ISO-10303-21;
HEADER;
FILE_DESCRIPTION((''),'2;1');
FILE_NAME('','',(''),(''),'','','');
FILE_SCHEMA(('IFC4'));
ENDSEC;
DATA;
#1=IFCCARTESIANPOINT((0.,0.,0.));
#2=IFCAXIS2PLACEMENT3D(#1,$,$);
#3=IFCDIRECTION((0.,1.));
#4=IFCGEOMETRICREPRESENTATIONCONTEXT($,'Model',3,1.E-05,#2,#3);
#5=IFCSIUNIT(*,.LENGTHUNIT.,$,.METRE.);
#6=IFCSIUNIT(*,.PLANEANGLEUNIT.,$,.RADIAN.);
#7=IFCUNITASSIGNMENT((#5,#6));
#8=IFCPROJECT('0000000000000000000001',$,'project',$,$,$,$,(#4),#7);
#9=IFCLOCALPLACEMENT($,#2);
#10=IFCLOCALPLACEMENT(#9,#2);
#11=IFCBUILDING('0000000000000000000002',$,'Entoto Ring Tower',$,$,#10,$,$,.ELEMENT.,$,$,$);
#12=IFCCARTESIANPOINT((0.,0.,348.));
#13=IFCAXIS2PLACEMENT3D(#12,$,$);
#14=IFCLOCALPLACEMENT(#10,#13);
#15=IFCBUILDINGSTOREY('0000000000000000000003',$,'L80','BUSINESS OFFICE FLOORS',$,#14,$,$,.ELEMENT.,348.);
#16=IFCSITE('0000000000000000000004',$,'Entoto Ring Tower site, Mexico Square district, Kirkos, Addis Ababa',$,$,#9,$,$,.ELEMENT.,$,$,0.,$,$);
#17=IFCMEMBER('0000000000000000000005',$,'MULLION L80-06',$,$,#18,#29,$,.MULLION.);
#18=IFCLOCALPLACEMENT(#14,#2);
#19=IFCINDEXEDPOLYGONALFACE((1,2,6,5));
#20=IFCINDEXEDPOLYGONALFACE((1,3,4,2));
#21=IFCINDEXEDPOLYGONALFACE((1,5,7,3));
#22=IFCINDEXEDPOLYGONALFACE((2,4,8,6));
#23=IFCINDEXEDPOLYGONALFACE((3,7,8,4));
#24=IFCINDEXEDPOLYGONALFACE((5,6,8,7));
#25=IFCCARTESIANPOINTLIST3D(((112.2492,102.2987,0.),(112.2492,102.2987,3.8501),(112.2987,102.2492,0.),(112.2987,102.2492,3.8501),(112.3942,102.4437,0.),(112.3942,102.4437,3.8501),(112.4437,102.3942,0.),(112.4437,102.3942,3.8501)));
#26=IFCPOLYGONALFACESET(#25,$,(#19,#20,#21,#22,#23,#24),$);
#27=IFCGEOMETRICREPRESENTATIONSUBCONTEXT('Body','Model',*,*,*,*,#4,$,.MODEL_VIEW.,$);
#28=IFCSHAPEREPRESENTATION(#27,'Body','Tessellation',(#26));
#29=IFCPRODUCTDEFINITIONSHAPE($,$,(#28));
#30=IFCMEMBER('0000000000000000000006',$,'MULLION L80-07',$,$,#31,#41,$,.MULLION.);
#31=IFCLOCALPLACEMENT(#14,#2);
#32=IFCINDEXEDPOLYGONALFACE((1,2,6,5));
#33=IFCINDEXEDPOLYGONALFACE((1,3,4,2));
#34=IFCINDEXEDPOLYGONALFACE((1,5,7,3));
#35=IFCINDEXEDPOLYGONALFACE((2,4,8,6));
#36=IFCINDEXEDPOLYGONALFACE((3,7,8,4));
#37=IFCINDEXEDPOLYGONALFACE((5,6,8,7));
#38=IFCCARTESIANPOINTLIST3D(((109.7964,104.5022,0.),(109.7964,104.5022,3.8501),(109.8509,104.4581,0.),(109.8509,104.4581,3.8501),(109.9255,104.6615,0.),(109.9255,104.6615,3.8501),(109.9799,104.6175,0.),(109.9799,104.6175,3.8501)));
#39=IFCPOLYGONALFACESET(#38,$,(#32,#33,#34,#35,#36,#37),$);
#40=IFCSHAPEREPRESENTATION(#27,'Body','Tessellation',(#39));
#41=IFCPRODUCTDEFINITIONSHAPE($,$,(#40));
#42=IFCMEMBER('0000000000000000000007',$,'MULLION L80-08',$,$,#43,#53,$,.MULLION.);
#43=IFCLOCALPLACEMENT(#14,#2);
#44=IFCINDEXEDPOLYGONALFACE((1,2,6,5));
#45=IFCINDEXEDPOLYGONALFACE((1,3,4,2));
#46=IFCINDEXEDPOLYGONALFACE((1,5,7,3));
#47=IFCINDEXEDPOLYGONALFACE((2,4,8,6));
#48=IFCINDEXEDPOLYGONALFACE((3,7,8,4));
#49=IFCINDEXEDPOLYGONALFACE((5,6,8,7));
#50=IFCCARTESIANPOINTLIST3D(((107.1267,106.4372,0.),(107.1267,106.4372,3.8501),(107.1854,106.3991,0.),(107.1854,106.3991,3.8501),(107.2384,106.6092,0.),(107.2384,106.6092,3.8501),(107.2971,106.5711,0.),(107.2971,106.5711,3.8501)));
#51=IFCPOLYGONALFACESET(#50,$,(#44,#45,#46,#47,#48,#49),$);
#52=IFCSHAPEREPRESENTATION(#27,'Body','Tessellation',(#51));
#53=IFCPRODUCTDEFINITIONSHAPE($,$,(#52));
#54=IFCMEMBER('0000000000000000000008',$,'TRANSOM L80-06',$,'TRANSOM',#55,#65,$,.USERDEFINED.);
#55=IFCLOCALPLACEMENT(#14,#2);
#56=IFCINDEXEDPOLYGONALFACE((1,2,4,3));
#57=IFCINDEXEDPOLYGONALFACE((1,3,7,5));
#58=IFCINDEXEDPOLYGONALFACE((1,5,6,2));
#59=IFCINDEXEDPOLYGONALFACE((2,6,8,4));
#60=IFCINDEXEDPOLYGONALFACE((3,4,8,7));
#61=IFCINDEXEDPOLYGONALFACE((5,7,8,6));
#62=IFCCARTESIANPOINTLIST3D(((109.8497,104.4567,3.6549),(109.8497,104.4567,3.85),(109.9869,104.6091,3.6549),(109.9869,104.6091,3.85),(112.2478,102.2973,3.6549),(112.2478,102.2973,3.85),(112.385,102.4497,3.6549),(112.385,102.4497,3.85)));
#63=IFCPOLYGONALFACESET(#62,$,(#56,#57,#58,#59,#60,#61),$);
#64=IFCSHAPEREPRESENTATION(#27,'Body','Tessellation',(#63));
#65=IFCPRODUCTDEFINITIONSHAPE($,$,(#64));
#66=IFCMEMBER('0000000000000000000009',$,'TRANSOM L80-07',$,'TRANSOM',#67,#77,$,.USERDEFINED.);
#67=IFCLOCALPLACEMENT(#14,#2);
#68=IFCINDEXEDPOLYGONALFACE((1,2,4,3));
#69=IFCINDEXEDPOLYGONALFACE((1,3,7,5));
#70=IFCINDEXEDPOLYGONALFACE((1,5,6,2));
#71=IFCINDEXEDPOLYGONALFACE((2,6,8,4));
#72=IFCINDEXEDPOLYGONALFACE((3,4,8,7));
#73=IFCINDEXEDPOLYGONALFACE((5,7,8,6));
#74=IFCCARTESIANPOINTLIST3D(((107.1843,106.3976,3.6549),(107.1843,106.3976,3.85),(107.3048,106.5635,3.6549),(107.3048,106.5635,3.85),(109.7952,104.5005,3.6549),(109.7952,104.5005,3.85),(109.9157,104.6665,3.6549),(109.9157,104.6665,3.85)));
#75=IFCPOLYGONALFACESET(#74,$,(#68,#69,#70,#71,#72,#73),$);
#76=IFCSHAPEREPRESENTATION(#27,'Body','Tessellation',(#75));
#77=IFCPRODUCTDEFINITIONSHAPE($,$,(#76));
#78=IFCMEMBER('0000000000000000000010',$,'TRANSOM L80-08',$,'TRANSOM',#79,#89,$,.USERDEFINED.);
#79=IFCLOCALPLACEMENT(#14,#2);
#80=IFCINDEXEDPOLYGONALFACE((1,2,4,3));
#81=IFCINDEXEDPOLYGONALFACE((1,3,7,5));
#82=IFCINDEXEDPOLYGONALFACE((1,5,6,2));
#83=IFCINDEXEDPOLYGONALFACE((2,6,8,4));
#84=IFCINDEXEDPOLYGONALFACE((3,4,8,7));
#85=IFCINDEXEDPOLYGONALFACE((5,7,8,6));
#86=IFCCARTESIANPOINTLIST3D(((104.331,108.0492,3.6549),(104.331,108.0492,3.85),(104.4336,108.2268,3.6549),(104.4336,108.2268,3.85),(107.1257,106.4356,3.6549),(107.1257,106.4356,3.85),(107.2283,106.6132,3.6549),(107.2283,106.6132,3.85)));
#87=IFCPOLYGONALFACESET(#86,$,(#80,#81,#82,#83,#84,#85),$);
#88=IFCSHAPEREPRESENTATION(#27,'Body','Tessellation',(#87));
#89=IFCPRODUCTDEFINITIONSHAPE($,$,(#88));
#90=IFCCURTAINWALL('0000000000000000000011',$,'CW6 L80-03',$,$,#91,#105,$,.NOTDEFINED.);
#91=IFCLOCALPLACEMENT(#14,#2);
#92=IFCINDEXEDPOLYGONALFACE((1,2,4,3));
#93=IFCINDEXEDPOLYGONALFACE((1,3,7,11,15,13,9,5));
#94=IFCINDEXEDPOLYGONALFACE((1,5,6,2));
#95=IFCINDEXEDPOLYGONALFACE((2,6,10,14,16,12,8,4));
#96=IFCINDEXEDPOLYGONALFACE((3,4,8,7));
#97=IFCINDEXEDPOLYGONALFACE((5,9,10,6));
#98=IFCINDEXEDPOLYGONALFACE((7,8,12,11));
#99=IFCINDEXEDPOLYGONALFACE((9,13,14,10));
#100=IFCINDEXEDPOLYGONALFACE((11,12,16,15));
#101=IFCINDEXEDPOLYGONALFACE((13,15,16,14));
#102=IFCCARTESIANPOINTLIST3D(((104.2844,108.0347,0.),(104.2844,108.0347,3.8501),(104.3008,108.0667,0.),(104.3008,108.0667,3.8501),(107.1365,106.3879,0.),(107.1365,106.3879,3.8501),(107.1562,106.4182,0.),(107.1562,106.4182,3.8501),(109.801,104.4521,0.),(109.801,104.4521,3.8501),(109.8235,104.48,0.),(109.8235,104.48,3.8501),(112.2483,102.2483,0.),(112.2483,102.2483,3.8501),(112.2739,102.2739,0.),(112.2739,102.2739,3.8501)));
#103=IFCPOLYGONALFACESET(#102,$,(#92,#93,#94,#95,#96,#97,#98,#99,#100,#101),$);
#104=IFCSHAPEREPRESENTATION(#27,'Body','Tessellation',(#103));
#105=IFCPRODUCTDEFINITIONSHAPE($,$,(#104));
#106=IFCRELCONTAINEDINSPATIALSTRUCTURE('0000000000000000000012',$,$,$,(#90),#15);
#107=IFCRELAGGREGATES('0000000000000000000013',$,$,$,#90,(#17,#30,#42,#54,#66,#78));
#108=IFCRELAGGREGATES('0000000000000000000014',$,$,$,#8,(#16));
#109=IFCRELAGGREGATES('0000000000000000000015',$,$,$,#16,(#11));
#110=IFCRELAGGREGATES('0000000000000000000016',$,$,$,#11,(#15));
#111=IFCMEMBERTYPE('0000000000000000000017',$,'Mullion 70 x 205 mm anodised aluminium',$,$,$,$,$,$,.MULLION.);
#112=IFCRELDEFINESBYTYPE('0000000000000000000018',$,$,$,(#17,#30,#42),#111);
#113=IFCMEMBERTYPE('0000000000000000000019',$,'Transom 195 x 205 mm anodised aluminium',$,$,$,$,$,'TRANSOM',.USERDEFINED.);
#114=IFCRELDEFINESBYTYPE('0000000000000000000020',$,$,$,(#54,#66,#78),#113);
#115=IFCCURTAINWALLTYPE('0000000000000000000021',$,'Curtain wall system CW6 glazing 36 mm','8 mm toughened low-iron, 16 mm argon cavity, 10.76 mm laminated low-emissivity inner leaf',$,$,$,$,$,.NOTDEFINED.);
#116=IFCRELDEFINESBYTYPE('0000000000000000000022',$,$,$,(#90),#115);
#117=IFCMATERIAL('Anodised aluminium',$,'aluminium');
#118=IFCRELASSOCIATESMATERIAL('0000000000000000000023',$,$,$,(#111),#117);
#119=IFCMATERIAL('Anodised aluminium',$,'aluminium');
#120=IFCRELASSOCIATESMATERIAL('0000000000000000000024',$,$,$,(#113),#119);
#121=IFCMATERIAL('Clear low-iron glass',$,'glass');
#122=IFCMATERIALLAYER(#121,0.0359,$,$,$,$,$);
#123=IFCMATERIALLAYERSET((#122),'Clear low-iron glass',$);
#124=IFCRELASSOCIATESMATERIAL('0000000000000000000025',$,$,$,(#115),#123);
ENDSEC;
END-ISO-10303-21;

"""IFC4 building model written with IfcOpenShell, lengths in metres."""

from ifc_helpers import new_model, si_unit, direction, frame, origin, origin_2d, place, context, subcontext, project, spatial, polyline, rectangle, outline, extrude, material, layer, layer_set, material_profile, profile_set, type_object, element, aggregate, save


model = new_model("IFC4")

# Units and contexts
model_context = context("Model", 3, precision=1e-05, world=origin(), true_north=direction((0.0, 1.0)))
body_context = subcontext(model_context, "Body", "Model", "MODEL_VIEW")
ifc_project = project(units=[si_unit("LENGTHUNIT", "METRE"), si_unit("PLANEANGLEUNIT", "RADIAN")], contexts=[model_context])

# Members
ifc_material_1 = material(Name="Anodised aluminium", Category="aluminium")
ifc_material_profile_1 = material_profile(ifc_material_1, rectangle(XDim=0.0701, YDim=0.2051, at=origin_2d()), Name="Mullion 70 x 205 mm anodised aluminium")
ifc_profile_set_1 = profile_set([ifc_material_profile_1], Name="Anodised aluminium")
member_type_1 = type_object("IfcMemberType", Name="Mullion 70 x 205 mm anodised aluminium", PredefinedType="MULLION", material=ifc_profile_set_1)
site_placement = place(None, origin())
building_placement = place(site_placement, origin())
storey_placement = place(building_placement, frame((0.0, 0.0, 348.0)))
member_1_placement = place(storey_placement, frame((112.3464, 102.3464, 0.0), z_axis=(0.0, 0.0, 1.0), x_axis=(-0.707107, 0.707107, 0.0)))
member_1 = element("IfcMember", 1, at=member_1_placement, type_object=member_type_1, Name="MULLION L80-06", PredefinedType="MULLION", context=body_context, shape_type="SweptSolid", body=[
    extrude(rectangle(XDim=0.0701, YDim=0.2051, at=origin_2d()), origin(), (0.0, 0.0, 1.0), 3.8501),
])
member_2_placement = place(storey_placement, frame((109.8882, 104.5598, 0.0), z_axis=(0.0, 0.0, 1.0), x_axis=(-0.777146, 0.62932, 0.0)))
member_2 = element("IfcMember", 2, at=member_2_placement, type_object=member_type_1, Name="MULLION L80-07", PredefinedType="MULLION", context=body_context, shape_type="SweptSolid", body=[
    extrude(rectangle(XDim=0.0701, YDim=0.2051, at=origin_2d()), origin(), (0.0, 0.0, 1.0), 3.8501),
])
member_3_placement = place(storey_placement, frame((107.2119, 106.5042, 0.0), z_axis=(0.0, 0.0, 1.0), x_axis=(-0.838671, 0.544639, 0.0)))
member_3 = element("IfcMember", 3, at=member_3_placement, type_object=member_type_1, Name="MULLION L80-08", PredefinedType="MULLION", context=body_context, shape_type="SweptSolid", body=[
    extrude(rectangle(XDim=0.0701, YDim=0.2051, at=origin_2d()), origin(), (0.0, 0.0, 1.0), 3.8501),
])
ifc_material_2 = material(Name="Anodised aluminium", Category="aluminium")
ifc_material_profile_2 = material_profile(ifc_material_2, rectangle(XDim=0.2051, YDim=0.1951, at=origin_2d()), Name="Transom 195 x 205 mm anodised aluminium")
ifc_profile_set_2 = profile_set([ifc_material_profile_2], Name="Anodised aluminium")
member_type_2 = type_object("IfcMemberType", Name="Transom 195 x 205 mm anodised aluminium", ElementType="TRANSOM", PredefinedType="USERDEFINED", material=ifc_profile_set_2)
member_4_placement = place(storey_placement, frame((112.3164, 102.3735, 3.7524), z_axis=(-0.743132, 0.669144, 0.0), x_axis=(-0.669144, -0.743132, 0.0)))
member_4 = element("IfcMember", 4, at=member_4_placement, type_object=member_type_2, Name="TRANSOM L80-06", ObjectType="TRANSOM", PredefinedType="USERDEFINED", context=body_context, shape_type="SweptSolid", body=[
    extrude(rectangle(XDim=0.2051, YDim=0.1951, at=origin_2d()), origin(), (0.0, 0.0, 1.0), 3.2271),
])
member_5_placement = place(storey_placement, frame((109.8555, 104.5835, 3.7524), z_axis=(-0.809004, 0.587803, 0.0), x_axis=(-0.587803, -0.809004, 0.0)))
member_5 = element("IfcMember", 5, at=member_5_placement, type_object=member_type_2, Name="TRANSOM L80-07", ObjectType="TRANSOM", PredefinedType="USERDEFINED", context=body_context, shape_type="SweptSolid", body=[
    extrude(rectangle(XDim=0.2051, YDim=0.1951, at=origin_2d()), origin(), (0.0, 0.0, 1.0), 3.2273),
])
member_6_placement = place(storey_placement, frame((107.177, 106.5244, 3.7524), z_axis=(-0.866023, 0.500004, 0.0), x_axis=(-0.500004, -0.866023, 0.0)))
member_6 = element("IfcMember", 6, at=member_6_placement, type_object=member_type_2, Name="TRANSOM L80-08", ObjectType="TRANSOM", PredefinedType="USERDEFINED", context=body_context, shape_type="SweptSolid", body=[
    extrude(rectangle(XDim=0.2051, YDim=0.1951, at=origin_2d()), origin(), (0.0, 0.0, 1.0), 3.2271),
])

# Site, building, storey
site = spatial("IfcSite", under=ifc_project, at=site_placement, Name="Entoto Ring Tower site, Mexico Square district, Kirkos, Addis Ababa", CompositionType="ELEMENT", RefElevation=0.0)
building = spatial("IfcBuilding", under=site, at=building_placement, Name="Entoto Ring Tower", CompositionType="ELEMENT")
storey = spatial("IfcBuildingStorey", under=building, at=storey_placement, Name="L80", Description="BUSINESS OFFICE FLOORS", CompositionType="ELEMENT", Elevation=348.0)

# Curtain wall
ifc_material_3 = material(Name="Clear low-iron glass", Category="glass")
ifc_layer_1 = layer(ifc_material_3, 0.0359)
ifc_layer_set_1 = layer_set([ifc_layer_1], Name="Clear low-iron glass")
curtain_wall_type = type_object("IfcCurtainWallType", Name="Curtain wall system CW6 glazing 36 mm", Description="8 mm toughened low-iron, 16 mm argon cavity, 10.76 mm laminated low-emissivity inner leaf", PredefinedType="NOTDEFINED", material=ifc_layer_set_1)
curtain_wall_1_placement = place(storey_placement, origin())
curtain_wall_1 = element("IfcCurtainWall", 7, at=curtain_wall_1_placement, inside=storey, type_object=curtain_wall_type, Name="CW6 L80-03", PredefinedType="NOTDEFINED", context=body_context, shape_type="SweptSolid", body=[
    extrude(outline(polyline([(112.2739, 102.2739), (109.8235, 104.48), (107.1562, 106.4182), (104.3008, 108.0667), (104.2844, 108.0347), (107.1365, 106.3879), (109.801, 104.4521), (112.2483, 102.2483), (112.2739, 102.2739)])), origin(), (0.0, 0.0, 1.0), 3.8501),
])
aggregate(curtain_wall_1, [member_1, member_2, member_3, member_4, member_5, member_6])

save(model, "model.ifc")
